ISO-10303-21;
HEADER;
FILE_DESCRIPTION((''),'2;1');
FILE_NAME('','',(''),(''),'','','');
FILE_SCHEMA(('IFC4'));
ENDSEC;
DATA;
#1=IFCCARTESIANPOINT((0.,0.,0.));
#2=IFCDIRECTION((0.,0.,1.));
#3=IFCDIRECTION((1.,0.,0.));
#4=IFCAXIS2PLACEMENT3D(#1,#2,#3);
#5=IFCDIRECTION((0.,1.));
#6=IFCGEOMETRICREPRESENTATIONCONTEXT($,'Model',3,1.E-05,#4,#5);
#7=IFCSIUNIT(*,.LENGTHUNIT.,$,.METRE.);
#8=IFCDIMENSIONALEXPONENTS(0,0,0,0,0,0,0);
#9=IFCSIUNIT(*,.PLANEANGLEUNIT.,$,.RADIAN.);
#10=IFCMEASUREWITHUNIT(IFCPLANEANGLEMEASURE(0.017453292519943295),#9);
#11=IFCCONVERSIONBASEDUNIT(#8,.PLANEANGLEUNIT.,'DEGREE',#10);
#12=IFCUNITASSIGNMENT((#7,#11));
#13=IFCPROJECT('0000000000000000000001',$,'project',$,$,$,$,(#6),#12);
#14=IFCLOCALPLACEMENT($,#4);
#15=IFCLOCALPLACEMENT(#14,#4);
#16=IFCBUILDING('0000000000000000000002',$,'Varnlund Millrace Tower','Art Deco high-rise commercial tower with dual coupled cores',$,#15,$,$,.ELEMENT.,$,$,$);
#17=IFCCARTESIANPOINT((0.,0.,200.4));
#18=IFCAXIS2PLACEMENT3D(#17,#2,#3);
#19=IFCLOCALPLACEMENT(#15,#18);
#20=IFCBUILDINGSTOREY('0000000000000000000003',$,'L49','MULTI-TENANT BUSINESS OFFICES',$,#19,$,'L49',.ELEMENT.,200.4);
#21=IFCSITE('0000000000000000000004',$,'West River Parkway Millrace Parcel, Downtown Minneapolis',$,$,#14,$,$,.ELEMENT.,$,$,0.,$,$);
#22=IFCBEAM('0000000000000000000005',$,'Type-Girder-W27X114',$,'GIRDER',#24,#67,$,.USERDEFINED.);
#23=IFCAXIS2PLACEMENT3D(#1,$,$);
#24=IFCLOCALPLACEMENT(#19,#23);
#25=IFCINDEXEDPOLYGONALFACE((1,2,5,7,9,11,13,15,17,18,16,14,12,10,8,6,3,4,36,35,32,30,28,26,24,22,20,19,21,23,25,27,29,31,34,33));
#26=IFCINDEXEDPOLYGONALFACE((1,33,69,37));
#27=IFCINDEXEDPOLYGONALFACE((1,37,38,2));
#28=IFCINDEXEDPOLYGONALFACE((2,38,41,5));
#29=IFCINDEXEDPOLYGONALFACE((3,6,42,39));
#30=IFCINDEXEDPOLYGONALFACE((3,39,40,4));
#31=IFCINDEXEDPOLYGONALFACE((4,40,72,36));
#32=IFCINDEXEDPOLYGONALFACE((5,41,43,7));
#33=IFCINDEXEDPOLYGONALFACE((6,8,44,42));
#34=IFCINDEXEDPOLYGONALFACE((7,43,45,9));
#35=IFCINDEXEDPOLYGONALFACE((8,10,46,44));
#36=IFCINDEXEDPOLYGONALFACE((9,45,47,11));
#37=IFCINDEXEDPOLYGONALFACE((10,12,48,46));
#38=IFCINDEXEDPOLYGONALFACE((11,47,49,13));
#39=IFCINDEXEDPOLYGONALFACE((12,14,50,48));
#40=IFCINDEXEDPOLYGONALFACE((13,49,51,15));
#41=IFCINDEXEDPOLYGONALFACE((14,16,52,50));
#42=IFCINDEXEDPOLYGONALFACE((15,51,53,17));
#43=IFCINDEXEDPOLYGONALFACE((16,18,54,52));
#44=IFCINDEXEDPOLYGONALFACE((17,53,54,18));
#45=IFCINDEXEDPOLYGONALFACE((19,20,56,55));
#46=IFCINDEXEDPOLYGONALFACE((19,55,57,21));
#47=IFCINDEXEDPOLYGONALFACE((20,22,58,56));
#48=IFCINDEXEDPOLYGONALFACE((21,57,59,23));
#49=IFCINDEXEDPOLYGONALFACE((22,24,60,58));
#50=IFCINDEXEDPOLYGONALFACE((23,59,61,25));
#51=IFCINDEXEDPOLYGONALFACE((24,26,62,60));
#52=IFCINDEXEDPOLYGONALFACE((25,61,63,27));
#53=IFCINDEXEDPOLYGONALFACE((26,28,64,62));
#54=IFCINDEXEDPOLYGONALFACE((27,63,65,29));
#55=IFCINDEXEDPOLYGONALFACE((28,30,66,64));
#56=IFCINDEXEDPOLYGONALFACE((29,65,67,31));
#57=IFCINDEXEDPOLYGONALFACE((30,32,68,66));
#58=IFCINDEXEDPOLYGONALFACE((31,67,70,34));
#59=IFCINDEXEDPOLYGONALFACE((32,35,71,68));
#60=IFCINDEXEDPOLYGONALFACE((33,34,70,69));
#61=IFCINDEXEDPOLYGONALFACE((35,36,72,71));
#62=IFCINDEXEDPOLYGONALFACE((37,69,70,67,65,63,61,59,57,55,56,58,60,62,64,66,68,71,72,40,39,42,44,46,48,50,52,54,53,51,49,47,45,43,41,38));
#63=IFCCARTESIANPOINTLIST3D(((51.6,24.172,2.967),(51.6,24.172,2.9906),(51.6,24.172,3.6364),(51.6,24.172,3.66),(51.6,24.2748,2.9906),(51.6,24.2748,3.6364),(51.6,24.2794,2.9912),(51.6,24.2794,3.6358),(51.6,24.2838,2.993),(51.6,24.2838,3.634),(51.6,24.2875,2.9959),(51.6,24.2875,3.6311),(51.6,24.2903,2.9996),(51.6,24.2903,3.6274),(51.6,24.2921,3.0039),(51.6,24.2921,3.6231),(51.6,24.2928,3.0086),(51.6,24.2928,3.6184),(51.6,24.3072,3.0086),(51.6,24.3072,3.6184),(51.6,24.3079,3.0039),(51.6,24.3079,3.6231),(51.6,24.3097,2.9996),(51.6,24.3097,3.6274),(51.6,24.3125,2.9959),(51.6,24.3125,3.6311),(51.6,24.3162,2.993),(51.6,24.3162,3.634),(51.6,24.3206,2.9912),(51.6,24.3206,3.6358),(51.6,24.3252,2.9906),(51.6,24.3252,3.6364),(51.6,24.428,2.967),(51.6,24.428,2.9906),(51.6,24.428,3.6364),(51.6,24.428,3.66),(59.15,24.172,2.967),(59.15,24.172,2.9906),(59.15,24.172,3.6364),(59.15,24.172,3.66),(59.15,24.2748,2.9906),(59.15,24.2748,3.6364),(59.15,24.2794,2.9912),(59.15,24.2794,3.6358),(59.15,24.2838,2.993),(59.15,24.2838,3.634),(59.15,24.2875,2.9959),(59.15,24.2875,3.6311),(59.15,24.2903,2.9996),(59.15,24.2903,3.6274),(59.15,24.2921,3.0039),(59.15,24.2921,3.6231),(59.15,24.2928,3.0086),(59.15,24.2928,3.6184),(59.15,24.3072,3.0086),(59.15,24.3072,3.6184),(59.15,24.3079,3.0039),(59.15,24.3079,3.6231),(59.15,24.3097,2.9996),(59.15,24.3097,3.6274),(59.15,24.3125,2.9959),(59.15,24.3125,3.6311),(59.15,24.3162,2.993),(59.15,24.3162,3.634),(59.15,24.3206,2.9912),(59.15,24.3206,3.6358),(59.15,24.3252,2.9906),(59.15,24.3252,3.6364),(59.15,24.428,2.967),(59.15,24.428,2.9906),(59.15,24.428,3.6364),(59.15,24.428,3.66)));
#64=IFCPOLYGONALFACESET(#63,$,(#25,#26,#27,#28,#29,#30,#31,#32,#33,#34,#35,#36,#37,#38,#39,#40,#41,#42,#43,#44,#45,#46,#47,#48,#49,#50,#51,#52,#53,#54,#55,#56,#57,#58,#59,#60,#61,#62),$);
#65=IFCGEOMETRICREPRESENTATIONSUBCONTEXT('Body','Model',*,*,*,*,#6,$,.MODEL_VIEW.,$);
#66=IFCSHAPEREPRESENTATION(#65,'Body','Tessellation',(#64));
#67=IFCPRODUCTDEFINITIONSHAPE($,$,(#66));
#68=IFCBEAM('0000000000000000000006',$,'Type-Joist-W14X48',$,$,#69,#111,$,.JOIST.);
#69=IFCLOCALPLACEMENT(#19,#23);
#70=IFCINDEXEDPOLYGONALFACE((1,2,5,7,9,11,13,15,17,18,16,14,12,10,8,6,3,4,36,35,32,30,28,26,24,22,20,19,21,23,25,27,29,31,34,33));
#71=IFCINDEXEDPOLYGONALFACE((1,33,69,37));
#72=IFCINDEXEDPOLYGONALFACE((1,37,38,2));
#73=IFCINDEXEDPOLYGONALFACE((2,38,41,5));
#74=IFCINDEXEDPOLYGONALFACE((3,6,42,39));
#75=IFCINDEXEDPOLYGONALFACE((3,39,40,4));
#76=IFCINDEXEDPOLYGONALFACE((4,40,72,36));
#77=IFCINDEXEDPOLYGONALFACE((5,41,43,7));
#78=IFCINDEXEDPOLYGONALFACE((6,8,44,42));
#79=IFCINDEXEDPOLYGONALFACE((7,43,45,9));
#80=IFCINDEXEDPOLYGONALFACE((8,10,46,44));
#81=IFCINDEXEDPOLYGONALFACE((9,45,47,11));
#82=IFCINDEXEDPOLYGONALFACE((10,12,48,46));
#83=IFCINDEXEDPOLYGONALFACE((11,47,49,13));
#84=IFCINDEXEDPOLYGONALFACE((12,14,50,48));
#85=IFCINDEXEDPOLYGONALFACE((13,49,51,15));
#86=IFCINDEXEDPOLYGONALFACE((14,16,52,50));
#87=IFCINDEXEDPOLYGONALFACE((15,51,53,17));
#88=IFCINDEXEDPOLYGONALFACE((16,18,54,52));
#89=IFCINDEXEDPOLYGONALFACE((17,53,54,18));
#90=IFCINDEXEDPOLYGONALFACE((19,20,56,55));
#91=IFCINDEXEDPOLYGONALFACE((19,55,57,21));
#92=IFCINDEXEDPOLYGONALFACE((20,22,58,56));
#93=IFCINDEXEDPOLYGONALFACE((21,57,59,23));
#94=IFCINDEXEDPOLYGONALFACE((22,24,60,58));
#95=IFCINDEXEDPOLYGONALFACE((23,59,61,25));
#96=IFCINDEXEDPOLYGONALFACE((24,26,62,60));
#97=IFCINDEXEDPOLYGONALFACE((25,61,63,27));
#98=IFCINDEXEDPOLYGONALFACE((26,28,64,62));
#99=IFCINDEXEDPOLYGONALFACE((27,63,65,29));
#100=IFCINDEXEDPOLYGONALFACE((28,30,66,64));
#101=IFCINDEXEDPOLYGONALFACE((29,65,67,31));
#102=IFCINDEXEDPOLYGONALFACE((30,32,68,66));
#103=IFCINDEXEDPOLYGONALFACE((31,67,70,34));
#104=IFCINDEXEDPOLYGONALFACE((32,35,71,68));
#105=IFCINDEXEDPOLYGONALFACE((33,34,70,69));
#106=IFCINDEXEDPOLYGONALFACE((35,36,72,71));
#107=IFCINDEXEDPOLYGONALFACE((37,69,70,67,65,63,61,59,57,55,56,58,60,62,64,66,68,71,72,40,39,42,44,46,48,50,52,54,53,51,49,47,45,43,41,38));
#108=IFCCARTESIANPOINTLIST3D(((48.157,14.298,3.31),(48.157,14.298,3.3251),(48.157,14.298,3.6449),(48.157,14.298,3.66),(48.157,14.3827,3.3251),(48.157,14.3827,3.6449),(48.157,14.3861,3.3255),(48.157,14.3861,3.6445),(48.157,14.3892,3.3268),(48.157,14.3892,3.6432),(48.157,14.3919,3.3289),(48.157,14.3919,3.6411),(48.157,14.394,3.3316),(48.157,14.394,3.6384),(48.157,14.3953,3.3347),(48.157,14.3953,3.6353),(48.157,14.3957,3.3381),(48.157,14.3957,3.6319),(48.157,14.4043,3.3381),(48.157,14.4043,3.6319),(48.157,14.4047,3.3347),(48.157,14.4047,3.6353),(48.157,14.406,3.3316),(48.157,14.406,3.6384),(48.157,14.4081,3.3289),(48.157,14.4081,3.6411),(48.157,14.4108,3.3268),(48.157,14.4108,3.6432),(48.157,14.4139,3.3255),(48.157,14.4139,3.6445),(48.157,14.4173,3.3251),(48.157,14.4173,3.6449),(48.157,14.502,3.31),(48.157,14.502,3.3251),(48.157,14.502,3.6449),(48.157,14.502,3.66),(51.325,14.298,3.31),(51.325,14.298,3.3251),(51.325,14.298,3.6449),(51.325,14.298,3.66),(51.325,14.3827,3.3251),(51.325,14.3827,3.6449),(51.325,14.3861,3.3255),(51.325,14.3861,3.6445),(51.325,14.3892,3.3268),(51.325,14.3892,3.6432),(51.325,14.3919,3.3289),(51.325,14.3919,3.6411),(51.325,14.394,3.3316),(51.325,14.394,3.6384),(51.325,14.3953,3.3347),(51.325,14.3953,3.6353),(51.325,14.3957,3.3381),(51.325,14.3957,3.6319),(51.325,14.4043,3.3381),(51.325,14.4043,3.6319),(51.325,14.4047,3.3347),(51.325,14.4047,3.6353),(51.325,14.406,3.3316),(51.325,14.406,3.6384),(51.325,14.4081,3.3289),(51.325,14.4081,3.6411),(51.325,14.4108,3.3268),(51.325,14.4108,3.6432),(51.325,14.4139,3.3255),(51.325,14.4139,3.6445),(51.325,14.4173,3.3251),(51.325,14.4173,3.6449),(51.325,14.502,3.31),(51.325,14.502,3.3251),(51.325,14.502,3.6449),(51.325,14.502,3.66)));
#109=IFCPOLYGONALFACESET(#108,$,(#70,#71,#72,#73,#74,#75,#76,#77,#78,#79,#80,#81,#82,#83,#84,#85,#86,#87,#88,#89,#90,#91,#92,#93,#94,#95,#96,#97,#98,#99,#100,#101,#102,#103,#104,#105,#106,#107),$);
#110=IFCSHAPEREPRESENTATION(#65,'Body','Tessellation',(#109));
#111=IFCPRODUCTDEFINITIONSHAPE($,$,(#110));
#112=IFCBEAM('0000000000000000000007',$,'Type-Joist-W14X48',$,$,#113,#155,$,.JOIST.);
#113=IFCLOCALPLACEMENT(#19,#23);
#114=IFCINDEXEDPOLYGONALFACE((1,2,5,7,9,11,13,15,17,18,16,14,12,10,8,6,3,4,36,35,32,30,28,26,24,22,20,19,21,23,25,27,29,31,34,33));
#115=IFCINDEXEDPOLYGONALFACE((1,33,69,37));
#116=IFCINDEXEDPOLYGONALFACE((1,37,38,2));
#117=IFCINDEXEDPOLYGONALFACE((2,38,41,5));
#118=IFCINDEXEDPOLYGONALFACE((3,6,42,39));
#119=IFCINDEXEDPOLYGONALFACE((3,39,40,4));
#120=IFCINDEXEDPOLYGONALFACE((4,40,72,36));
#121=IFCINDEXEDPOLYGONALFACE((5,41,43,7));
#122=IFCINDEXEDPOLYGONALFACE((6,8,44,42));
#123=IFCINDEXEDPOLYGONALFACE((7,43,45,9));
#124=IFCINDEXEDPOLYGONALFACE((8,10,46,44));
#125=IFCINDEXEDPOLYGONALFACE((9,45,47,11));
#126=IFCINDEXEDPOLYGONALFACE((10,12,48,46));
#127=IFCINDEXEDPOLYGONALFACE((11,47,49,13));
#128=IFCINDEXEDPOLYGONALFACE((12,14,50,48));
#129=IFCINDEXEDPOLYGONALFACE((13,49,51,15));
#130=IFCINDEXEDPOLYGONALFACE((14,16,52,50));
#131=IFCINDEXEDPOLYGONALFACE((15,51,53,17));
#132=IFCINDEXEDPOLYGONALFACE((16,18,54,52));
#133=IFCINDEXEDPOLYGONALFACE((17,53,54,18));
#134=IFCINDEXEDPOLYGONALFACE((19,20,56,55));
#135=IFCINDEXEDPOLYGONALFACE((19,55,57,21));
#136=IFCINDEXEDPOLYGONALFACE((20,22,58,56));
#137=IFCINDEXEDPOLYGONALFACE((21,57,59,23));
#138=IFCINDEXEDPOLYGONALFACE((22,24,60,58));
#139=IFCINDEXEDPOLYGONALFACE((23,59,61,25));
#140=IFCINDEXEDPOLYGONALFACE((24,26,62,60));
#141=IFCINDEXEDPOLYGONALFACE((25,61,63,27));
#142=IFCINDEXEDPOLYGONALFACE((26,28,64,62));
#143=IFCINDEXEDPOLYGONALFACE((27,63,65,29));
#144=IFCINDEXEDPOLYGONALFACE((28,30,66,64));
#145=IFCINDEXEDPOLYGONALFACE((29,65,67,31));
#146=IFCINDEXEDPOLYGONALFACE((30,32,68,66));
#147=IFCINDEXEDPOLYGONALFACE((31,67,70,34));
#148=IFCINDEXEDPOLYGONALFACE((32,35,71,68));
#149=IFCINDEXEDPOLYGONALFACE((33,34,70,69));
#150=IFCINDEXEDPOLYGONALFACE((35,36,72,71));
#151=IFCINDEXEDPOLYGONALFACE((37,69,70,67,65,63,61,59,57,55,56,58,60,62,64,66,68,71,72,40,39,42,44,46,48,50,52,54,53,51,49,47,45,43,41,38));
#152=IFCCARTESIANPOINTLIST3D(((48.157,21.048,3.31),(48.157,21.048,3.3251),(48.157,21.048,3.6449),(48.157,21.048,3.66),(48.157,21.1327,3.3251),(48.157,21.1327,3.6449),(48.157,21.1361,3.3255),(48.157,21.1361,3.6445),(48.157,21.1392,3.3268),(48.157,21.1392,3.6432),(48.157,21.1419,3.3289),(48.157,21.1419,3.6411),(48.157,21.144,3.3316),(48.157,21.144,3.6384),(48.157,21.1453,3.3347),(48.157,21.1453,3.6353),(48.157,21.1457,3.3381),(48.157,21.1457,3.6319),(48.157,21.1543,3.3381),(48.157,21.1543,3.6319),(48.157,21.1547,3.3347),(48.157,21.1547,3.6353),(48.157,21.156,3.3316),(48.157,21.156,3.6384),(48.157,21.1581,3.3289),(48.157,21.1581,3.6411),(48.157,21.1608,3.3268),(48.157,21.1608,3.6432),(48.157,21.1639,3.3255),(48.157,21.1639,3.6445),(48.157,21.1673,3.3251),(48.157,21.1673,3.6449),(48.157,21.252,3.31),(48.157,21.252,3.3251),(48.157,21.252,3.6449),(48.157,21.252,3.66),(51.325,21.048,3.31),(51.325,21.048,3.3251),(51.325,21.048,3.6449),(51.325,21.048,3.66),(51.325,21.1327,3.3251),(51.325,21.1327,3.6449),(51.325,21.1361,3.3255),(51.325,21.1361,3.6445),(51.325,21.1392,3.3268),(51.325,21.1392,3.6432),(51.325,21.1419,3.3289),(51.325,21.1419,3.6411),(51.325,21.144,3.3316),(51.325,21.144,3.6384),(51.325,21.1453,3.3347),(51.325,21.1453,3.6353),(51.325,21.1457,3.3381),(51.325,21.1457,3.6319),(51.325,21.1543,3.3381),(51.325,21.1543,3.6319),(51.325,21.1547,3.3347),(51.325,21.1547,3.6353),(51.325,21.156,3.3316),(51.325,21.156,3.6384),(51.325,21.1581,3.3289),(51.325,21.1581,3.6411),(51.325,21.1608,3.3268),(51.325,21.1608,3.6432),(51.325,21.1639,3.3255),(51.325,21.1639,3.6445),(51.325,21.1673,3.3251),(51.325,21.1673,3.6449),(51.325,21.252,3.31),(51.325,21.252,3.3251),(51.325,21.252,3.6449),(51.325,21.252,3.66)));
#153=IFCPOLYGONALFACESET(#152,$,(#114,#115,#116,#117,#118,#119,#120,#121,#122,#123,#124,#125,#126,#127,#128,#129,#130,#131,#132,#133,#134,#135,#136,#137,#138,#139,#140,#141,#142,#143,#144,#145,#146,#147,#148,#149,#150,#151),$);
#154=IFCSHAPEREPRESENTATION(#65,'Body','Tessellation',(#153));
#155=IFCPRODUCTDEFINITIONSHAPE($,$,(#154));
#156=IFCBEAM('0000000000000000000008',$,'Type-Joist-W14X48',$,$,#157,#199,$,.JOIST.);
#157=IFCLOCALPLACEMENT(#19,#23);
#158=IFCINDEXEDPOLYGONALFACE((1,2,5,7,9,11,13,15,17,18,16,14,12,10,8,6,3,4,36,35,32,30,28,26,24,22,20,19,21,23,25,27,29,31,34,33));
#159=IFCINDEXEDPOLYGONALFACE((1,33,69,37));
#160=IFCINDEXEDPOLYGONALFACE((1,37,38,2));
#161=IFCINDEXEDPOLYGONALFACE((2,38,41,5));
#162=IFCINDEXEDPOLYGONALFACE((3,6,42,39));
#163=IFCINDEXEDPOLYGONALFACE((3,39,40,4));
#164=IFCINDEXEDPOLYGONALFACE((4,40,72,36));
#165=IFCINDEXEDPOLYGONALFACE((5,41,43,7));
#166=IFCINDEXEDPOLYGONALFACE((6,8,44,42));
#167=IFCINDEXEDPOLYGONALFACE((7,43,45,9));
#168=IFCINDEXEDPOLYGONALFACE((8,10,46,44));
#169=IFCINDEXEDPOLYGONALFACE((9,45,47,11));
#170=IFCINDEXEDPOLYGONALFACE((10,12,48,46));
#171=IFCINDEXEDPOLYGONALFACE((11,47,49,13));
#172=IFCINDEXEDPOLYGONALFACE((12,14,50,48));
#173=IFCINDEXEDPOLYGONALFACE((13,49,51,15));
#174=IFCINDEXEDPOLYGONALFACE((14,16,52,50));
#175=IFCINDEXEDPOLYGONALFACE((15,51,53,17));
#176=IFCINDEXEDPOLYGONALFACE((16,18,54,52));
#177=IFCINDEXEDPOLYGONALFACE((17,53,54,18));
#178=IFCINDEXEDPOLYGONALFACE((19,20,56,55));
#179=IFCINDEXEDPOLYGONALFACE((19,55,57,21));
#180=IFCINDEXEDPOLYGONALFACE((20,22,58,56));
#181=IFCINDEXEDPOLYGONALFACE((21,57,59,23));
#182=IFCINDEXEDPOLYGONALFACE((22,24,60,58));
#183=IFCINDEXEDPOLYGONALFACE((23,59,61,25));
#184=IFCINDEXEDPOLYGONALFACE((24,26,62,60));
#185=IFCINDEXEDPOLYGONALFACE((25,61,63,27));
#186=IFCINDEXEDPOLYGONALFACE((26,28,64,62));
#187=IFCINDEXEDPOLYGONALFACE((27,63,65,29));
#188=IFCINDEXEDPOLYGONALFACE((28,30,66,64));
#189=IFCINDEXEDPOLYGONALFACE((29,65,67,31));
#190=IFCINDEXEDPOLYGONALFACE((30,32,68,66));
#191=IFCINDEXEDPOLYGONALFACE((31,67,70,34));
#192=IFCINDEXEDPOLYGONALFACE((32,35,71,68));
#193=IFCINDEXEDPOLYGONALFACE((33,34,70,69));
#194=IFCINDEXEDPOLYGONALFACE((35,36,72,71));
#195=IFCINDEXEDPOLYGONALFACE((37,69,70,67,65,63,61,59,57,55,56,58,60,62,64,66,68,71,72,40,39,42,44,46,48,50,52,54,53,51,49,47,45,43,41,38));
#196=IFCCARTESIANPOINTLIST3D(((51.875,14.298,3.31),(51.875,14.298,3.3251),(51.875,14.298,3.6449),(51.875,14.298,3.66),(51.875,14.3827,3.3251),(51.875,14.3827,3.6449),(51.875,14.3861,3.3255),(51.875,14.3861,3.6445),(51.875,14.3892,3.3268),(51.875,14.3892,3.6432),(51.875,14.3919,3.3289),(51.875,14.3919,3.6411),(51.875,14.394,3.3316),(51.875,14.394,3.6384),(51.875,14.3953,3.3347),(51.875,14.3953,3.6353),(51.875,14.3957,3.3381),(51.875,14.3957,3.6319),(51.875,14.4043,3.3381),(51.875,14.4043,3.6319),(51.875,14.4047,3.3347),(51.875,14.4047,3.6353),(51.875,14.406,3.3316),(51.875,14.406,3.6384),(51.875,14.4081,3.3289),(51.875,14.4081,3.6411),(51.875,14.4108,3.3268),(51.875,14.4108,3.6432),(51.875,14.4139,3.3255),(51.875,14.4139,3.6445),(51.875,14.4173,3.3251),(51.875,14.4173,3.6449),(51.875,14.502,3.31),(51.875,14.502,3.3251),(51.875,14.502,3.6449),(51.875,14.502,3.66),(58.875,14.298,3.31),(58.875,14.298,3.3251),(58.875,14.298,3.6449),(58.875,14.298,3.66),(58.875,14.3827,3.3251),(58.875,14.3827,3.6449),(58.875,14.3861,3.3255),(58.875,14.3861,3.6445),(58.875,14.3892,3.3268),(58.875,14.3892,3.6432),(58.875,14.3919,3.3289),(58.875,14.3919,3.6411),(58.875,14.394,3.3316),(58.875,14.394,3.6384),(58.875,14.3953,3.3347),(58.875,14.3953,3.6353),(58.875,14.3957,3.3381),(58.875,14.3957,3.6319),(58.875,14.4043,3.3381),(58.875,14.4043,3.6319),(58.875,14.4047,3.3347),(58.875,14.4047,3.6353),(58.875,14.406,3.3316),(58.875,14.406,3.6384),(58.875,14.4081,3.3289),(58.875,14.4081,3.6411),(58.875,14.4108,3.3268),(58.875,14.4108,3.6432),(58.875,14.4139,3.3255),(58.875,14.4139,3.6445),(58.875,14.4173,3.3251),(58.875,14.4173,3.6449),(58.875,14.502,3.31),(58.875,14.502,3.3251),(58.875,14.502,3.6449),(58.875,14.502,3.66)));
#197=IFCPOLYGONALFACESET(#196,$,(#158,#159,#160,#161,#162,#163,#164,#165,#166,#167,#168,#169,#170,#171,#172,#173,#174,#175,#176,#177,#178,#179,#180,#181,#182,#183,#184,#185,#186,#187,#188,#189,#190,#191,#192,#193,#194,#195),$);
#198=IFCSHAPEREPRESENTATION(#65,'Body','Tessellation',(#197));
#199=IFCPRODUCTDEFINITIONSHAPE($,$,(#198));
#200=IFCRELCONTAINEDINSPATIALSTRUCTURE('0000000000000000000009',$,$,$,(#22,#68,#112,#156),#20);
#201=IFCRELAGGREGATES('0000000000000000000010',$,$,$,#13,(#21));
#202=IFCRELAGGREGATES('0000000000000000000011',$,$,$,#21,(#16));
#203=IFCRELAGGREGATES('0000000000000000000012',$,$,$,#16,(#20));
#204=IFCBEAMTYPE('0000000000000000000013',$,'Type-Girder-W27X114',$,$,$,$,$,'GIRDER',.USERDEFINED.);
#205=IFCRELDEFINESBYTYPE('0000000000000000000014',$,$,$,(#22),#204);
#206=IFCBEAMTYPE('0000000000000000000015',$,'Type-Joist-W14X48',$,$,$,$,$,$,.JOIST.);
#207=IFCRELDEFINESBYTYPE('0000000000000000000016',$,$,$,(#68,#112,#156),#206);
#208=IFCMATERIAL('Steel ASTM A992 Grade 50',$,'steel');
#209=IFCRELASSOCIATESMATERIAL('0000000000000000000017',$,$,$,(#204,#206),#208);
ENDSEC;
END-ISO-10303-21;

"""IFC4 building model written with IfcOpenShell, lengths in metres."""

from ifc_helpers import new_model, entity, si_unit, converted_unit, direction, frame, origin_with_axes, origin_2d_with_axis, place, context, subcontext, project, spatial, i_section, extrude, material, material_profile, profile_set, type_object, element, save


model = new_model("IFC4")

# Units and contexts
model_context = context("Model", 3, precision=1e-05, world=origin_with_axes(), true_north=direction((0.0, 1.0)))
body_context = subcontext(model_context, "Body", "Model", "MODEL_VIEW")
ifc_project = project(units=[si_unit("LENGTHUNIT", "METRE"), converted_unit("PLANEANGLEUNIT", "DEGREE", entity("IfcPlaneAngleMeasure", 0.017453292519943295), si_unit("PLANEANGLEUNIT", "RADIAN"), dimensions=[0, 0, 0, 0, 0, 0, 0])], contexts=[model_context])

# Site, building, storey
site_placement = place(None, origin_with_axes())
site = spatial("IfcSite", under=ifc_project, at=site_placement, Name="West River Parkway Millrace Parcel, Downtown Minneapolis", CompositionType="ELEMENT", RefElevation=0.0)
building_placement = place(site_placement, origin_with_axes())
building = spatial("IfcBuilding", under=site, at=building_placement, Name="Varnlund Millrace Tower", Description="Art Deco high-rise commercial tower with dual coupled cores", CompositionType="ELEMENT")
storey_placement = place(building_placement, frame((0.0, 0.0, 200.4), z_axis=(0.0, 0.0, 1.0), x_axis=(1.0, 0.0, 0.0)))
storey = spatial("IfcBuildingStorey", under=building, at=storey_placement, Name="L49", Description="MULTI-TENANT BUSINESS OFFICES", LongName="L49", CompositionType="ELEMENT", Elevation=200.4)

# Beams
ifc_material_1 = material(Name="Steel ASTM A992 Grade 50", Category="steel")
ifc_material_profile_1 = material_profile(ifc_material_1, i_section(OverallWidth=0.256, OverallDepth=0.693, WebThickness=0.0145, FlangeThickness=0.0236, FilletRadius=0.018, at=origin_2d_with_axis()), Name="Steel ASTM A992 Grade 50")
ifc_profile_set_1 = profile_set([ifc_material_profile_1], Name="Steel ASTM A992 Grade 50")
beam_type_1 = type_object("IfcBeamType", Name="Type-Girder-W27X114", ElementType="GIRDER", PredefinedType="USERDEFINED", material=ifc_profile_set_1)
beam_1_placement = place(storey_placement, frame((51.6, 24.3, 3.3135), z_axis=(1.0, 0.0, 0.0), x_axis=(0.0, 1.0, 0.0)))
element("IfcBeam", 1, at=beam_1_placement, inside=storey, type_object=beam_type_1, Name="Type-Girder-W27X114", ObjectType="GIRDER", PredefinedType="USERDEFINED", context=body_context, shape_type="SweptSolid", body=[
    extrude(i_section(OverallWidth=0.256, OverallDepth=0.693, WebThickness=0.0145, FlangeThickness=0.0236, FilletRadius=0.018, at=origin_2d_with_axis()), origin_with_axes(), (0.0, 0.0, 1.0), 7.55),
])
ifc_material_profile_2 = material_profile(ifc_material_1, i_section(OverallWidth=0.204, OverallDepth=0.35, WebThickness=0.0086, FlangeThickness=0.0151, FilletRadius=0.013, at=origin_2d_with_axis()), Name="Steel ASTM A992 Grade 50")
ifc_profile_set_2 = profile_set([ifc_material_profile_2], Name="Steel ASTM A992 Grade 50")
beam_type_2 = type_object("IfcBeamType", Name="Type-Joist-W14X48", PredefinedType="JOIST", material=ifc_profile_set_2)
for number, where, z_axis, x_axis, name in (
    (2, (48.157, 14.4, 3.485), (1.0, 0.0, 0.0), (0.0, 1.0, 0.0), "Type-Joist-W14X48"),
    (3, (48.157, 21.15, 3.485), (1.0, 0.0, 0.0), (0.0, 1.0, 0.0), "Type-Joist-W14X48"),
):
    element("IfcBeam", number, at=place(storey_placement, frame(where, z_axis=z_axis, x_axis=x_axis)), inside=storey, type_object=beam_type_2, Name=name, PredefinedType="JOIST", context=body_context, shape_type="SweptSolid", body=[
        extrude(i_section(OverallWidth=0.204, OverallDepth=0.35, WebThickness=0.0086, FlangeThickness=0.0151, FilletRadius=0.013, at=origin_2d_with_axis()), origin_with_axes(), (0.0, 0.0, 1.0), 3.168),
    ])
for number, where, z_axis, x_axis, name in (
    (4, (51.875, 14.4, 3.485), (1.0, 0.0, 0.0), (0.0, 1.0, 0.0), "Type-Joist-W14X48"),
):
    element("IfcBeam", number, at=place(storey_placement, frame(where, z_axis=z_axis, x_axis=x_axis)), inside=storey, type_object=beam_type_2, Name=name, PredefinedType="JOIST", context=body_context, shape_type="SweptSolid", body=[
        extrude(i_section(OverallWidth=0.204, OverallDepth=0.35, WebThickness=0.0086, FlangeThickness=0.0151, FilletRadius=0.013, at=origin_2d_with_axis()), origin_with_axes(), (0.0, 0.0, 1.0), 7.0),
    ])

save(model, "model.ifc")
